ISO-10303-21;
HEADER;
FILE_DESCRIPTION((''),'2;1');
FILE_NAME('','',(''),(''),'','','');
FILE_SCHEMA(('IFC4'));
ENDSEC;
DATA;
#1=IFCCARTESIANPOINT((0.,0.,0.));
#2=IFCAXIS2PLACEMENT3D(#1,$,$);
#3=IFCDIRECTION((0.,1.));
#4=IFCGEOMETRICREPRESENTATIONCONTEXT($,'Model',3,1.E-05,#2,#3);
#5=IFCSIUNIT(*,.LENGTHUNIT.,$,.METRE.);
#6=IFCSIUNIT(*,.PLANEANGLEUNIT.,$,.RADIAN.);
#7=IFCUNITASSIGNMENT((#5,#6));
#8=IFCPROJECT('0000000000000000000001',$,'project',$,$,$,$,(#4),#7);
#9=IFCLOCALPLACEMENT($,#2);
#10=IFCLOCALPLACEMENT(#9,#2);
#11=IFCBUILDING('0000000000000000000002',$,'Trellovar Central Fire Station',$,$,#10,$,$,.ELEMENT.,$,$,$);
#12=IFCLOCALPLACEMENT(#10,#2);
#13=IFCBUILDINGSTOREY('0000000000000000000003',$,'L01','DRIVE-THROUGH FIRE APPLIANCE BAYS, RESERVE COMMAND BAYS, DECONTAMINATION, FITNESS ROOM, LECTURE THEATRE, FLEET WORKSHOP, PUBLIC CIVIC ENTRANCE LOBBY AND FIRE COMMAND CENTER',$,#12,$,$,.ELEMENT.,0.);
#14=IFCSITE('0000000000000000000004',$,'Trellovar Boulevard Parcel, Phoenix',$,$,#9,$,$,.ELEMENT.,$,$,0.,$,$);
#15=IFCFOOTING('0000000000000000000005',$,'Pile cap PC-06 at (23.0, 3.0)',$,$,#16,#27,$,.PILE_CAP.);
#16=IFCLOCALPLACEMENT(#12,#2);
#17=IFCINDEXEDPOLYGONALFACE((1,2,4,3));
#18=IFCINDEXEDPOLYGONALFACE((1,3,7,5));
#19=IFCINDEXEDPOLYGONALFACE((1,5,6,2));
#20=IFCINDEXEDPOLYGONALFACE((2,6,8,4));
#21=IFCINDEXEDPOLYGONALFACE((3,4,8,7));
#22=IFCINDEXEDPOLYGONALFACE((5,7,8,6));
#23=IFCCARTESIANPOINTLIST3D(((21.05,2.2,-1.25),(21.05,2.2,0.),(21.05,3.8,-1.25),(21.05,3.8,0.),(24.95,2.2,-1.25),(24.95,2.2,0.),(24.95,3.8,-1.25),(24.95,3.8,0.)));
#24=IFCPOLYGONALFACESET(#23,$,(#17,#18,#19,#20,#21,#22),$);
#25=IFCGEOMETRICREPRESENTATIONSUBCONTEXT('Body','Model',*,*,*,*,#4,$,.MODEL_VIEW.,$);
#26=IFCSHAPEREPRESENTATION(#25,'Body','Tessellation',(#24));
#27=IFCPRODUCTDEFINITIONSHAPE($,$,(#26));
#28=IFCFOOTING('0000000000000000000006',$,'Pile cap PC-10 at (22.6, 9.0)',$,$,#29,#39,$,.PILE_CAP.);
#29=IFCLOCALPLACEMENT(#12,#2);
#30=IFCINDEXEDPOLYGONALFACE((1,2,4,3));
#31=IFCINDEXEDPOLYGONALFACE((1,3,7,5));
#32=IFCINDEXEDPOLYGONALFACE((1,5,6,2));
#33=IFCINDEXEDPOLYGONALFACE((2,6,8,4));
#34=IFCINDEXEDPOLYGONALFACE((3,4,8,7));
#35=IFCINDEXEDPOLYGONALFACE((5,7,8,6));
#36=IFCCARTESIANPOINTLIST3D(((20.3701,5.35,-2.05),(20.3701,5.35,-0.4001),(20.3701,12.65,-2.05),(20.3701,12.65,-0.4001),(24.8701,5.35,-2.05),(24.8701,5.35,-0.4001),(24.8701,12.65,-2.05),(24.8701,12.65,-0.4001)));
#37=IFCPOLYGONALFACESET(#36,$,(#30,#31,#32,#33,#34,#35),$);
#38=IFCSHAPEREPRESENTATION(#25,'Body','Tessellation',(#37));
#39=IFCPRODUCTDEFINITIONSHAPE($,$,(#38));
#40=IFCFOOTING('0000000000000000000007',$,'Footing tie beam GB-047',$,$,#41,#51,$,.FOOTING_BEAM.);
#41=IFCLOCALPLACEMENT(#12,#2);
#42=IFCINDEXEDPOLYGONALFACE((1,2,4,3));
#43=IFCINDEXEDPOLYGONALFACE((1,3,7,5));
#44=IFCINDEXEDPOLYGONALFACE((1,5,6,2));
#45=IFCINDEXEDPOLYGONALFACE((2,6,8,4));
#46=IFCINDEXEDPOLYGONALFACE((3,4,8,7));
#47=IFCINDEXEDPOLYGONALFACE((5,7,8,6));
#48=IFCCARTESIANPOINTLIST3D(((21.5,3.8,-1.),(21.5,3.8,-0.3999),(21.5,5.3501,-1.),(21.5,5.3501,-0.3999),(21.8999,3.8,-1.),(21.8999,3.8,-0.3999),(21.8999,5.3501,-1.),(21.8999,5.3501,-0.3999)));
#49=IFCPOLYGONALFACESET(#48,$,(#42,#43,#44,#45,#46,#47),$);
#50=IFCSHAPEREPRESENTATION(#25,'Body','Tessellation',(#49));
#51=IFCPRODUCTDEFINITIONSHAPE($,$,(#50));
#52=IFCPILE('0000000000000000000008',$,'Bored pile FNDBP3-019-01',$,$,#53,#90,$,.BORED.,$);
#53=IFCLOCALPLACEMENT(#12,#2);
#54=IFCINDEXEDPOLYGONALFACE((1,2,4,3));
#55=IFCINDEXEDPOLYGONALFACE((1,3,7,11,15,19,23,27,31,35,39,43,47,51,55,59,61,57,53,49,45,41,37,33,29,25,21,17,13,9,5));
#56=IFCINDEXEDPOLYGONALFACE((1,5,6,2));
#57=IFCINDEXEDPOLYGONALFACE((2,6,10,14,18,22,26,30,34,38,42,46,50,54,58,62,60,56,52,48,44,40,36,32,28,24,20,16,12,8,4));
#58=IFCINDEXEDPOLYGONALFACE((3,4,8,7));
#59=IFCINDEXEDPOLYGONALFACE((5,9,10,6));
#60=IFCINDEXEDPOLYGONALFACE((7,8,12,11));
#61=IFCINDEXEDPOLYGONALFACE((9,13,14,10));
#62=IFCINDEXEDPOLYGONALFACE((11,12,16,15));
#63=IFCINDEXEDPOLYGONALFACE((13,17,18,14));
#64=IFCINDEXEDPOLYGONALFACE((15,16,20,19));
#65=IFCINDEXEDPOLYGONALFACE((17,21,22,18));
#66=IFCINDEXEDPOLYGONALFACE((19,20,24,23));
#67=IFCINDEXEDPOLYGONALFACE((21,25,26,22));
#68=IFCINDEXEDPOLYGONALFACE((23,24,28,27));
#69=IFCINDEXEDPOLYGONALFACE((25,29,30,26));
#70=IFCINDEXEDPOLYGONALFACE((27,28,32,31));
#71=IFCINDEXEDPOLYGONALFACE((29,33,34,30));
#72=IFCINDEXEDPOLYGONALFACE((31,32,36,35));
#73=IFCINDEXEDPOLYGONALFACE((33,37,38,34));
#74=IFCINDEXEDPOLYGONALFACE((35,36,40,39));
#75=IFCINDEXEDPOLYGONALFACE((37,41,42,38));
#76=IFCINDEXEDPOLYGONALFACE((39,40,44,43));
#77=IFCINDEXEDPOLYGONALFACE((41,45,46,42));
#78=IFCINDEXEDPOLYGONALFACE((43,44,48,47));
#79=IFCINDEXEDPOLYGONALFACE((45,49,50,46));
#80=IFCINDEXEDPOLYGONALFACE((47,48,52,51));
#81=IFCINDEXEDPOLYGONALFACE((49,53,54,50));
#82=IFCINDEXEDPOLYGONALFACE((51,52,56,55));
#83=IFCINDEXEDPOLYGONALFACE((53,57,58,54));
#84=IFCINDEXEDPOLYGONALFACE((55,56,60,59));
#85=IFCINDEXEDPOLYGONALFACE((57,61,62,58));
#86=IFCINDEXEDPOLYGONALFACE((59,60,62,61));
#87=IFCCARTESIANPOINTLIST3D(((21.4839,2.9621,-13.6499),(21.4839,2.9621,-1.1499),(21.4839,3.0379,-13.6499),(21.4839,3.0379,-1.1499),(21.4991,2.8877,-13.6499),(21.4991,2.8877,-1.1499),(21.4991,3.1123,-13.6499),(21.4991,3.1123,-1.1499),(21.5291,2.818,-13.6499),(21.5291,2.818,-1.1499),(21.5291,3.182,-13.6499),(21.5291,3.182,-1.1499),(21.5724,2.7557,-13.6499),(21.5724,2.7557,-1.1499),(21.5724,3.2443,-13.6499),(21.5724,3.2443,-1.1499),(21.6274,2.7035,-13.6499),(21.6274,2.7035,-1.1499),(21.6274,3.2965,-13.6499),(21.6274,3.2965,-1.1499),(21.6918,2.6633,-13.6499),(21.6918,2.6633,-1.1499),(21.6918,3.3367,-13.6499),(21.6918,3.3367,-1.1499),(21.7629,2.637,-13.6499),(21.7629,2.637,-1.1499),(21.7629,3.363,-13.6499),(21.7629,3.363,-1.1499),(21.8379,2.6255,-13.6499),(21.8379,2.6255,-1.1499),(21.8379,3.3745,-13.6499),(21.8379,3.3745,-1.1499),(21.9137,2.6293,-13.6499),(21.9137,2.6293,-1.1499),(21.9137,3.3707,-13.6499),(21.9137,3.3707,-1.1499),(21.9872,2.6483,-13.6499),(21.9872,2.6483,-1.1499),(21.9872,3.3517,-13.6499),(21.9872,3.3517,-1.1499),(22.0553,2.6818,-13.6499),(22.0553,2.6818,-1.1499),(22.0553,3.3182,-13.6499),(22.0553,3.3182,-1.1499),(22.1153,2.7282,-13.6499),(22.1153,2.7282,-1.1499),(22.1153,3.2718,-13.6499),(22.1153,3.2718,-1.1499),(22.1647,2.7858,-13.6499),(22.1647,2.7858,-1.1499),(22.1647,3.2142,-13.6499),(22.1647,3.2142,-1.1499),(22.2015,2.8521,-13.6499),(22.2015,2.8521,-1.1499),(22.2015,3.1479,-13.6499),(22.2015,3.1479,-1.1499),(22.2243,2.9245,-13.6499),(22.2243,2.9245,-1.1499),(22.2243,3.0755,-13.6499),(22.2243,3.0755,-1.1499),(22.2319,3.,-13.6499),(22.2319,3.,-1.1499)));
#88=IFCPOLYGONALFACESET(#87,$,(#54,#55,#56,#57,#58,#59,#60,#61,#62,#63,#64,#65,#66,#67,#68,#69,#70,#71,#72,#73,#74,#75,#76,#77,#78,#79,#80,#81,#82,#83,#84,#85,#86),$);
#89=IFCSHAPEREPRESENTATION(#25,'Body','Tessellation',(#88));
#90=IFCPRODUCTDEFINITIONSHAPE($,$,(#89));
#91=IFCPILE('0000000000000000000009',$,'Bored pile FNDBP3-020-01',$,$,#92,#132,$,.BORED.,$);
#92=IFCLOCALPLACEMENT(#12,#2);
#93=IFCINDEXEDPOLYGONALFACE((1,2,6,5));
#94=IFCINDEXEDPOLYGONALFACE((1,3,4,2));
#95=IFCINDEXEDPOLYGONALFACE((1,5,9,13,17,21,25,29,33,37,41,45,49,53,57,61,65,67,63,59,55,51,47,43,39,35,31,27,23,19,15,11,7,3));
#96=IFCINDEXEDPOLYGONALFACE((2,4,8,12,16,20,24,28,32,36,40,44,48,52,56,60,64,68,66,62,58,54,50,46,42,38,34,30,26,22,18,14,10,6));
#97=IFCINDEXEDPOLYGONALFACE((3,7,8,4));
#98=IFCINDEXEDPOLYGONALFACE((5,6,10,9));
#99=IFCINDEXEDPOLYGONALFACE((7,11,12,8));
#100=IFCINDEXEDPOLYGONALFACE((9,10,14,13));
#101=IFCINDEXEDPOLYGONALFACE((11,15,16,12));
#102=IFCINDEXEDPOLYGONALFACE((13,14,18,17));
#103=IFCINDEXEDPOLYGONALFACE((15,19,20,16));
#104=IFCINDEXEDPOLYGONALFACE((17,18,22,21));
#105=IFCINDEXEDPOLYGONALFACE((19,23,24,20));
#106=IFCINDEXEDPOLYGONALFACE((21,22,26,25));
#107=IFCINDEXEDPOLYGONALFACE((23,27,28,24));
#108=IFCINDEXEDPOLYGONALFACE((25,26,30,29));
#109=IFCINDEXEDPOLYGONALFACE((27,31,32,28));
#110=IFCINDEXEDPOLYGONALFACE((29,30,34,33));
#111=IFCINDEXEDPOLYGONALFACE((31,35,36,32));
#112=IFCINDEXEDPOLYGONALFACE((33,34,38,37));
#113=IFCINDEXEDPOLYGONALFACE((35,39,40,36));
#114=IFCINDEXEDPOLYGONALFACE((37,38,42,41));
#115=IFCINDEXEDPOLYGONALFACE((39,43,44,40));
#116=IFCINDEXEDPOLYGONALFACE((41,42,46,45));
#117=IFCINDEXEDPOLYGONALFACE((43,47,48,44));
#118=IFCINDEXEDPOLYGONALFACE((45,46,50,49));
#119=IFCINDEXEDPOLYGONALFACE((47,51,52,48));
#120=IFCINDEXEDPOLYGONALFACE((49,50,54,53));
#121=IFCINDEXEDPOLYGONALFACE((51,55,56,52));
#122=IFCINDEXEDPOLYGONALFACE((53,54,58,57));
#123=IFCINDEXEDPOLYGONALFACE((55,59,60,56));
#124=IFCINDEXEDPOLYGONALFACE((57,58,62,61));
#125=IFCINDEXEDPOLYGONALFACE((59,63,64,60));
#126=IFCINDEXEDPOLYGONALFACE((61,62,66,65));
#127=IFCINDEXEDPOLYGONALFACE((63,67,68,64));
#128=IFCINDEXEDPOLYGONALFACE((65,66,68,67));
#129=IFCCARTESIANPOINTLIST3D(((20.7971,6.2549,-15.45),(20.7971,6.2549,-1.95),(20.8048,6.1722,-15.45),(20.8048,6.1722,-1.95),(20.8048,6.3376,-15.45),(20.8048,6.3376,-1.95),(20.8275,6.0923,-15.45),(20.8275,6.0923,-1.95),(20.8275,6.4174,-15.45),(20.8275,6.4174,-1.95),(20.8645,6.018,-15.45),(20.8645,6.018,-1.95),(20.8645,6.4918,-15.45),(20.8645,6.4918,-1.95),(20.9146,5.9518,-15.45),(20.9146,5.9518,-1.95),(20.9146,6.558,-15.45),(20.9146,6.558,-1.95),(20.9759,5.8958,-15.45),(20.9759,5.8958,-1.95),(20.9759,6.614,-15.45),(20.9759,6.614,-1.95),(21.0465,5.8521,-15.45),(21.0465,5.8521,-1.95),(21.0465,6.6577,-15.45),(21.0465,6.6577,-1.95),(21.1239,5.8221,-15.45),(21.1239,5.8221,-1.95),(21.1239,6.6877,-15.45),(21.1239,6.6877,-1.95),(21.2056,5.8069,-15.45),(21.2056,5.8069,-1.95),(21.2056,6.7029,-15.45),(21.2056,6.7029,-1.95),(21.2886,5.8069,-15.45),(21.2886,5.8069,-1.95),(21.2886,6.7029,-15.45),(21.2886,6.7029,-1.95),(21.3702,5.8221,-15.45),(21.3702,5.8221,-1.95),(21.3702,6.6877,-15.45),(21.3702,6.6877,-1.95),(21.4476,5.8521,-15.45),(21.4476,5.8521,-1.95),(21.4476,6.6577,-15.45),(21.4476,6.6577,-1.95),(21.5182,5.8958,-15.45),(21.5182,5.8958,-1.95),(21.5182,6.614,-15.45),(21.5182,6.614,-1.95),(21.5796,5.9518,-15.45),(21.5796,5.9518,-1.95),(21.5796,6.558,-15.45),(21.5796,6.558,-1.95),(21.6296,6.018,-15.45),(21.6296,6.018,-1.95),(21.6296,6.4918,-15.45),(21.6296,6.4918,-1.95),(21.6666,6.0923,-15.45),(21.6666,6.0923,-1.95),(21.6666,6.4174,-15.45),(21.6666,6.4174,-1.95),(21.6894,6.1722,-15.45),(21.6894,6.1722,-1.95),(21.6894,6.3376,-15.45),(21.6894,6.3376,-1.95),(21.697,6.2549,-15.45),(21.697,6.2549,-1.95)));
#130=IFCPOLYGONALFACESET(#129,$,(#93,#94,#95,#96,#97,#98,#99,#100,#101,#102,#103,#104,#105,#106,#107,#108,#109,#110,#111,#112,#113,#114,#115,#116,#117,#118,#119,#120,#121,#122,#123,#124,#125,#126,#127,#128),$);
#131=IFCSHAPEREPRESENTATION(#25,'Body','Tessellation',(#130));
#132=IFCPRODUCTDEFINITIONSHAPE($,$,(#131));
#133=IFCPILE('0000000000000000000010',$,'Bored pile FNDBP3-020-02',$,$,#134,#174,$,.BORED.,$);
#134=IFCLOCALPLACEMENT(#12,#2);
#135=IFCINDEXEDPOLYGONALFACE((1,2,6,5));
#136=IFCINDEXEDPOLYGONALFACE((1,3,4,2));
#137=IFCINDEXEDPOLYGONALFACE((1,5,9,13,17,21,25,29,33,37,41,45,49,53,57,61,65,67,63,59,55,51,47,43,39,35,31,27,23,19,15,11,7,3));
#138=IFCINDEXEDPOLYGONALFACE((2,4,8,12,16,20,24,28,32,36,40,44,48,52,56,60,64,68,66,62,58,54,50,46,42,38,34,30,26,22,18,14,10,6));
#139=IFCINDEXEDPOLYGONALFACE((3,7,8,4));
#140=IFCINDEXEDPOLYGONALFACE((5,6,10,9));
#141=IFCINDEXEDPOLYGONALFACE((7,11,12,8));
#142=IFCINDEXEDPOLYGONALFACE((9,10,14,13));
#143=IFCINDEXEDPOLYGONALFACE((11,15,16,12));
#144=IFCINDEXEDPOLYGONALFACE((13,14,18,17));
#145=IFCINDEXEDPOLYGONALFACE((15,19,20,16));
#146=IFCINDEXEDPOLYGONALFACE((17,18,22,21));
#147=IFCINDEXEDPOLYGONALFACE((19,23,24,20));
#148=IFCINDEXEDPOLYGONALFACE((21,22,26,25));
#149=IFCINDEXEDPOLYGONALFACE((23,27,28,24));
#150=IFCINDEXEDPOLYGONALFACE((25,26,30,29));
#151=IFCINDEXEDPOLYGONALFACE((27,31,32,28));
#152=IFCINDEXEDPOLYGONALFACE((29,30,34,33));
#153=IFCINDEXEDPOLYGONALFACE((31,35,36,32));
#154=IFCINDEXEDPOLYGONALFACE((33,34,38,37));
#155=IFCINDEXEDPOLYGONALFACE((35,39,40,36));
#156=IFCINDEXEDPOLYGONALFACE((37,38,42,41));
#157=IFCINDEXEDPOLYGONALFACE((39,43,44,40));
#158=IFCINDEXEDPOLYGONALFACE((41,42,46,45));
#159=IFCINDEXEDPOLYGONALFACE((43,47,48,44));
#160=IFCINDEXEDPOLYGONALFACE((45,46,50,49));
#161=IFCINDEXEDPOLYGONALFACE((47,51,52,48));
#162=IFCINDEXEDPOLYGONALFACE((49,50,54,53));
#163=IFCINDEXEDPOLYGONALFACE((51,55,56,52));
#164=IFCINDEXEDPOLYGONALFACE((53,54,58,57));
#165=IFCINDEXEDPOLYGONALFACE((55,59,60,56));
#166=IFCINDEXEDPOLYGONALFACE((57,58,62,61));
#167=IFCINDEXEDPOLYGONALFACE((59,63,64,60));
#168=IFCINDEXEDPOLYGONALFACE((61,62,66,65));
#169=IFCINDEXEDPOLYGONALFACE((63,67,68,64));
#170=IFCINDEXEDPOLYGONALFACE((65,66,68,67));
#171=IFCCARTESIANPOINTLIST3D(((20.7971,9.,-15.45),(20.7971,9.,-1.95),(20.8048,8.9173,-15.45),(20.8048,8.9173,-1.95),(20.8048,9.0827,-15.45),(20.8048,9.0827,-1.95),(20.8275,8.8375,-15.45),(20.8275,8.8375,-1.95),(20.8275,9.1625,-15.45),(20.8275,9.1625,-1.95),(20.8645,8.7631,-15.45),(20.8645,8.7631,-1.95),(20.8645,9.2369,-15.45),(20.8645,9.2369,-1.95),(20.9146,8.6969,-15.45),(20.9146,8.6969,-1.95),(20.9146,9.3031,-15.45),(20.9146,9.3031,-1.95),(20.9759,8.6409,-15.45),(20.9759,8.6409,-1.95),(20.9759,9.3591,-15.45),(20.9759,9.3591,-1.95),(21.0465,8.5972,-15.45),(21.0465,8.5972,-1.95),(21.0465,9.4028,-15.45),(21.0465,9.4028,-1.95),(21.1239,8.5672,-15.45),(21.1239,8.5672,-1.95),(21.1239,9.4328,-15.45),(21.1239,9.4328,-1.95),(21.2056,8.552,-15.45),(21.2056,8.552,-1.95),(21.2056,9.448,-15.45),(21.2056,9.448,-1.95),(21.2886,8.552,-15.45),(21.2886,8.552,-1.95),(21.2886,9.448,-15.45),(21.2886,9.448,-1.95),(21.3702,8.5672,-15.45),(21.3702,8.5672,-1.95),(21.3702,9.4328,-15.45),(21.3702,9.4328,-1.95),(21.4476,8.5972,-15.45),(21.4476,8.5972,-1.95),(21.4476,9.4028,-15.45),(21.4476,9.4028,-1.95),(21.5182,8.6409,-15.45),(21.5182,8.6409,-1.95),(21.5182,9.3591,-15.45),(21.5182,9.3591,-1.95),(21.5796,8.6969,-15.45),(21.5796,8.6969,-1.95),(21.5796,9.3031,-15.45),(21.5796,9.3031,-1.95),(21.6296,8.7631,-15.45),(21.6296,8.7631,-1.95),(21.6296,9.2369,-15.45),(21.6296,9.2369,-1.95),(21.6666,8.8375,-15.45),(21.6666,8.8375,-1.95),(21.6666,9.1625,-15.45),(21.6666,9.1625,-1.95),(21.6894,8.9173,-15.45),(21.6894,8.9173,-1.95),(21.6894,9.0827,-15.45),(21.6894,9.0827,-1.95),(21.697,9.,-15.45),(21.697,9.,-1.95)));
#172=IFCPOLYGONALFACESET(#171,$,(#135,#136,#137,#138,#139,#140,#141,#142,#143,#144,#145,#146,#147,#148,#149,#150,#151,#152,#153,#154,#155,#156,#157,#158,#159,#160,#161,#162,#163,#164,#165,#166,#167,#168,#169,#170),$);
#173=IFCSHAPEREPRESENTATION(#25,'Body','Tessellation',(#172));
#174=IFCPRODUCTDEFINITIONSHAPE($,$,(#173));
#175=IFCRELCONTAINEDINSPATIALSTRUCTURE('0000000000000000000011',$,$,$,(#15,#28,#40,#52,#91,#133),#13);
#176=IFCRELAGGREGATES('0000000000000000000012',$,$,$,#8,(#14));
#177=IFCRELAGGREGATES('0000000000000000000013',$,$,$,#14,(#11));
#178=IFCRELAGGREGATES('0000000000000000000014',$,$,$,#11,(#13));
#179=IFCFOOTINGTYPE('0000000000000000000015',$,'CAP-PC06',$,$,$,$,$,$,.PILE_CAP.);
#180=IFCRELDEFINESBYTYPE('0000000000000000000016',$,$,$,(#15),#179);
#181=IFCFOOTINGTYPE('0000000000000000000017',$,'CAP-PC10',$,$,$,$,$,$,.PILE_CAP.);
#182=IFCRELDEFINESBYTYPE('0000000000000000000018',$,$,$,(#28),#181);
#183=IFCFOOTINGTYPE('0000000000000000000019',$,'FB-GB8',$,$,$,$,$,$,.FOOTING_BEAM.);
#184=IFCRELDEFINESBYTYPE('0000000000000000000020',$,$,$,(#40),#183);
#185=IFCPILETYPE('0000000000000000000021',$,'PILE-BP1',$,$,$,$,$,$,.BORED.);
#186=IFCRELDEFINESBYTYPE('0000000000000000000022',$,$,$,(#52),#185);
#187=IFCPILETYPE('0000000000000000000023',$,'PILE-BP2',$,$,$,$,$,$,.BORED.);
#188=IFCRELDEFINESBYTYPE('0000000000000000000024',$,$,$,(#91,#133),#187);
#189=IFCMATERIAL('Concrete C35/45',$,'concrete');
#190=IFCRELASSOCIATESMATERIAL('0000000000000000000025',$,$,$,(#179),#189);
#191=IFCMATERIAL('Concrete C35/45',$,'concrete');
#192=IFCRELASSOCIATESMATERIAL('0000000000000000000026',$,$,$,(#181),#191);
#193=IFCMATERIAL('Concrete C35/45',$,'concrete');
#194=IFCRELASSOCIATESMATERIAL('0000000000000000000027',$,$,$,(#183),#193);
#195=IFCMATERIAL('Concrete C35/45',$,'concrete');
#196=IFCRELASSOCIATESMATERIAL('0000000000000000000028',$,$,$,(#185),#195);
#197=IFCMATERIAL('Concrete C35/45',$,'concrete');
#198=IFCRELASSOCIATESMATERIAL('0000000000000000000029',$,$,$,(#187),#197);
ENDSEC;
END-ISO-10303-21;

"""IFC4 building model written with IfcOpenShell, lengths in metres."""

from ifc_helpers import new_model, si_unit, direction, frame, origin, origin_2d, place, context, subcontext, project, spatial, rectangle, circle, extrude, material, material_profile, profile_set, type_object, element, save


model = new_model("IFC4")

# Units and contexts
model_context = context("Model", 3, precision=1e-05, world=origin(), true_north=direction((0.0, 1.0)))
body_context = subcontext(model_context, "Body", "Model", "MODEL_VIEW")
ifc_project = project(units=[si_unit("LENGTHUNIT", "METRE"), si_unit("PLANEANGLEUNIT", "RADIAN")], contexts=[model_context])

# Site, building, storey
site_placement = place(None, origin())
site = spatial("IfcSite", under=ifc_project, at=site_placement, Name="Trellovar Boulevard Parcel, Phoenix", CompositionType="ELEMENT", RefElevation=0.0)
building_placement = place(site_placement, origin())
building = spatial("IfcBuilding", under=site, at=building_placement, Name="Trellovar Central Fire Station", CompositionType="ELEMENT")
storey_placement = place(building_placement, origin())
storey = spatial("IfcBuildingStorey", under=building, at=storey_placement, Name="L01", Description="DRIVE-THROUGH FIRE APPLIANCE BAYS, RESERVE COMMAND BAYS, DECONTAMINATION, FITNESS ROOM, LECTURE THEATRE, FLEET WORKSHOP, PUBLIC CIVIC ENTRANCE LOBBY AND FIRE COMMAND CENTER", CompositionType="ELEMENT", Elevation=0.0)

# Footings
ifc_material_1 = material(Name="Concrete C35/45", Category="concrete")
footing_type_1 = type_object("IfcFootingType", Name="CAP-PC06", PredefinedType="PILE_CAP", material=ifc_material_1)
footing_1_placement = place(storey_placement, frame((23.0, 3.0, -1.25), z_axis=(0.0, 0.0, 1.0), x_axis=(1.0, 0.0, 0.0)))
element("IfcFooting", 1, at=footing_1_placement, inside=storey, type_object=footing_type_1, Name="Pile cap PC-06 at (23.0, 3.0)", PredefinedType="PILE_CAP", context=body_context, shape_type="SweptSolid", body=[
    extrude(rectangle(XDim=3.8999, YDim=1.6001, at=origin_2d()), origin(), (0.0, 0.0, 1.0), 1.25),
])
ifc_material_2 = material(Name="Concrete C35/45", Category="concrete")
footing_type_2 = type_object("IfcFootingType", Name="CAP-PC10", PredefinedType="PILE_CAP", material=ifc_material_2)
footing_2_placement = place(storey_placement, frame((22.6201, 9.0, -2.05), z_axis=(0.0, 0.0, 1.0), x_axis=(1.0, 0.0, 0.0)))
element("IfcFooting", 2, at=footing_2_placement, inside=storey, type_object=footing_type_2, Name="Pile cap PC-10 at (22.6, 9.0)", PredefinedType="PILE_CAP", context=body_context, shape_type="SweptSolid", body=[
    extrude(rectangle(XDim=4.5, YDim=7.3, at=origin_2d()), origin(), (0.0, 0.0, 1.0), 1.6499),
])
ifc_material_3 = material(Name="Concrete C35/45", Category="concrete")
ifc_material_profile_1 = material_profile(ifc_material_3, rectangle(XDim=0.3999, YDim=0.6001, at=origin_2d()), Name="RC400X600")
ifc_profile_set_1 = profile_set([ifc_material_profile_1], Name="Concrete C35/45")
footing_type_3 = type_object("IfcFootingType", Name="FB-GB8", PredefinedType="FOOTING_BEAM", material=ifc_profile_set_1)
footing_3_placement = place(storey_placement, frame((21.7, 3.8, -0.7), z_axis=(0.0, 1.0, 0.0), x_axis=(-1.0, 0.0, 0.0)))
element("IfcFooting", 3, at=footing_3_placement, inside=storey, type_object=footing_type_3, Name="Footing tie beam GB-047", PredefinedType="FOOTING_BEAM", context=body_context, shape_type="SweptSolid", body=[
    extrude(rectangle(XDim=0.3999, YDim=0.6001, at=origin_2d()), origin(), (0.0, 0.0, 1.0), 1.55),
])

# Piles
ifc_material_4 = material(Name="Concrete C35/45", Category="concrete")
ifc_material_profile_2 = material_profile(ifc_material_4, circle(Radius=0.375, at=origin_2d()), Name="PILE750")
ifc_profile_set_2 = profile_set([ifc_material_profile_2], Name="Concrete C35/45")
pile_type_1 = type_object("IfcPileType", Name="PILE-BP1", PredefinedType="BORED", material=ifc_profile_set_2)
pile_placement = place(storey_placement, frame((21.8569, 3.0, -1.1499), z_axis=(0.0, 0.0, -1.0), x_axis=(1.0, 0.0, 0.0)))
element("IfcPile", 4, at=pile_placement, inside=storey, type_object=pile_type_1, Name="Bored pile FNDBP3-019-01", PredefinedType="BORED", context=body_context, shape_type="SweptSolid", body=[
    extrude(circle(Radius=0.375, at=origin_2d()), origin(), (0.0, 0.0, 1.0), 12.5),
])
ifc_material_5 = material(Name="Concrete C35/45", Category="concrete")
ifc_material_profile_3 = material_profile(ifc_material_5, circle(Radius=0.45, at=origin_2d()), Name="PILE900")
ifc_profile_set_3 = profile_set([ifc_material_profile_3], Name="Concrete C35/45")
pile_type_2 = type_object("IfcPileType", Name="PILE-BP2", PredefinedType="BORED", material=ifc_profile_set_3)
for number, where, z_axis, x_axis, name in (
    (5, (21.2471, 6.2549, -1.95), (0.0, 0.0, -1.0), (1.0, 0.0, 0.0), "Bored pile FNDBP3-020-01"),
    (6, (21.2471, 9.0, -1.95), (0.0, 0.0, -1.0), (1.0, 0.0, 0.0), "Bored pile FNDBP3-020-02"),
):
    element("IfcPile", number, at=place(storey_placement, frame(where, z_axis=z_axis, x_axis=x_axis)), inside=storey, type_object=pile_type_2, Name=name, PredefinedType="BORED", context=body_context, shape_type="SweptSolid", body=[
        extrude(circle(Radius=0.45, at=origin_2d()), origin(), (0.0, 0.0, 1.0), 13.5),
    ])

save(model, "model.ifc")
